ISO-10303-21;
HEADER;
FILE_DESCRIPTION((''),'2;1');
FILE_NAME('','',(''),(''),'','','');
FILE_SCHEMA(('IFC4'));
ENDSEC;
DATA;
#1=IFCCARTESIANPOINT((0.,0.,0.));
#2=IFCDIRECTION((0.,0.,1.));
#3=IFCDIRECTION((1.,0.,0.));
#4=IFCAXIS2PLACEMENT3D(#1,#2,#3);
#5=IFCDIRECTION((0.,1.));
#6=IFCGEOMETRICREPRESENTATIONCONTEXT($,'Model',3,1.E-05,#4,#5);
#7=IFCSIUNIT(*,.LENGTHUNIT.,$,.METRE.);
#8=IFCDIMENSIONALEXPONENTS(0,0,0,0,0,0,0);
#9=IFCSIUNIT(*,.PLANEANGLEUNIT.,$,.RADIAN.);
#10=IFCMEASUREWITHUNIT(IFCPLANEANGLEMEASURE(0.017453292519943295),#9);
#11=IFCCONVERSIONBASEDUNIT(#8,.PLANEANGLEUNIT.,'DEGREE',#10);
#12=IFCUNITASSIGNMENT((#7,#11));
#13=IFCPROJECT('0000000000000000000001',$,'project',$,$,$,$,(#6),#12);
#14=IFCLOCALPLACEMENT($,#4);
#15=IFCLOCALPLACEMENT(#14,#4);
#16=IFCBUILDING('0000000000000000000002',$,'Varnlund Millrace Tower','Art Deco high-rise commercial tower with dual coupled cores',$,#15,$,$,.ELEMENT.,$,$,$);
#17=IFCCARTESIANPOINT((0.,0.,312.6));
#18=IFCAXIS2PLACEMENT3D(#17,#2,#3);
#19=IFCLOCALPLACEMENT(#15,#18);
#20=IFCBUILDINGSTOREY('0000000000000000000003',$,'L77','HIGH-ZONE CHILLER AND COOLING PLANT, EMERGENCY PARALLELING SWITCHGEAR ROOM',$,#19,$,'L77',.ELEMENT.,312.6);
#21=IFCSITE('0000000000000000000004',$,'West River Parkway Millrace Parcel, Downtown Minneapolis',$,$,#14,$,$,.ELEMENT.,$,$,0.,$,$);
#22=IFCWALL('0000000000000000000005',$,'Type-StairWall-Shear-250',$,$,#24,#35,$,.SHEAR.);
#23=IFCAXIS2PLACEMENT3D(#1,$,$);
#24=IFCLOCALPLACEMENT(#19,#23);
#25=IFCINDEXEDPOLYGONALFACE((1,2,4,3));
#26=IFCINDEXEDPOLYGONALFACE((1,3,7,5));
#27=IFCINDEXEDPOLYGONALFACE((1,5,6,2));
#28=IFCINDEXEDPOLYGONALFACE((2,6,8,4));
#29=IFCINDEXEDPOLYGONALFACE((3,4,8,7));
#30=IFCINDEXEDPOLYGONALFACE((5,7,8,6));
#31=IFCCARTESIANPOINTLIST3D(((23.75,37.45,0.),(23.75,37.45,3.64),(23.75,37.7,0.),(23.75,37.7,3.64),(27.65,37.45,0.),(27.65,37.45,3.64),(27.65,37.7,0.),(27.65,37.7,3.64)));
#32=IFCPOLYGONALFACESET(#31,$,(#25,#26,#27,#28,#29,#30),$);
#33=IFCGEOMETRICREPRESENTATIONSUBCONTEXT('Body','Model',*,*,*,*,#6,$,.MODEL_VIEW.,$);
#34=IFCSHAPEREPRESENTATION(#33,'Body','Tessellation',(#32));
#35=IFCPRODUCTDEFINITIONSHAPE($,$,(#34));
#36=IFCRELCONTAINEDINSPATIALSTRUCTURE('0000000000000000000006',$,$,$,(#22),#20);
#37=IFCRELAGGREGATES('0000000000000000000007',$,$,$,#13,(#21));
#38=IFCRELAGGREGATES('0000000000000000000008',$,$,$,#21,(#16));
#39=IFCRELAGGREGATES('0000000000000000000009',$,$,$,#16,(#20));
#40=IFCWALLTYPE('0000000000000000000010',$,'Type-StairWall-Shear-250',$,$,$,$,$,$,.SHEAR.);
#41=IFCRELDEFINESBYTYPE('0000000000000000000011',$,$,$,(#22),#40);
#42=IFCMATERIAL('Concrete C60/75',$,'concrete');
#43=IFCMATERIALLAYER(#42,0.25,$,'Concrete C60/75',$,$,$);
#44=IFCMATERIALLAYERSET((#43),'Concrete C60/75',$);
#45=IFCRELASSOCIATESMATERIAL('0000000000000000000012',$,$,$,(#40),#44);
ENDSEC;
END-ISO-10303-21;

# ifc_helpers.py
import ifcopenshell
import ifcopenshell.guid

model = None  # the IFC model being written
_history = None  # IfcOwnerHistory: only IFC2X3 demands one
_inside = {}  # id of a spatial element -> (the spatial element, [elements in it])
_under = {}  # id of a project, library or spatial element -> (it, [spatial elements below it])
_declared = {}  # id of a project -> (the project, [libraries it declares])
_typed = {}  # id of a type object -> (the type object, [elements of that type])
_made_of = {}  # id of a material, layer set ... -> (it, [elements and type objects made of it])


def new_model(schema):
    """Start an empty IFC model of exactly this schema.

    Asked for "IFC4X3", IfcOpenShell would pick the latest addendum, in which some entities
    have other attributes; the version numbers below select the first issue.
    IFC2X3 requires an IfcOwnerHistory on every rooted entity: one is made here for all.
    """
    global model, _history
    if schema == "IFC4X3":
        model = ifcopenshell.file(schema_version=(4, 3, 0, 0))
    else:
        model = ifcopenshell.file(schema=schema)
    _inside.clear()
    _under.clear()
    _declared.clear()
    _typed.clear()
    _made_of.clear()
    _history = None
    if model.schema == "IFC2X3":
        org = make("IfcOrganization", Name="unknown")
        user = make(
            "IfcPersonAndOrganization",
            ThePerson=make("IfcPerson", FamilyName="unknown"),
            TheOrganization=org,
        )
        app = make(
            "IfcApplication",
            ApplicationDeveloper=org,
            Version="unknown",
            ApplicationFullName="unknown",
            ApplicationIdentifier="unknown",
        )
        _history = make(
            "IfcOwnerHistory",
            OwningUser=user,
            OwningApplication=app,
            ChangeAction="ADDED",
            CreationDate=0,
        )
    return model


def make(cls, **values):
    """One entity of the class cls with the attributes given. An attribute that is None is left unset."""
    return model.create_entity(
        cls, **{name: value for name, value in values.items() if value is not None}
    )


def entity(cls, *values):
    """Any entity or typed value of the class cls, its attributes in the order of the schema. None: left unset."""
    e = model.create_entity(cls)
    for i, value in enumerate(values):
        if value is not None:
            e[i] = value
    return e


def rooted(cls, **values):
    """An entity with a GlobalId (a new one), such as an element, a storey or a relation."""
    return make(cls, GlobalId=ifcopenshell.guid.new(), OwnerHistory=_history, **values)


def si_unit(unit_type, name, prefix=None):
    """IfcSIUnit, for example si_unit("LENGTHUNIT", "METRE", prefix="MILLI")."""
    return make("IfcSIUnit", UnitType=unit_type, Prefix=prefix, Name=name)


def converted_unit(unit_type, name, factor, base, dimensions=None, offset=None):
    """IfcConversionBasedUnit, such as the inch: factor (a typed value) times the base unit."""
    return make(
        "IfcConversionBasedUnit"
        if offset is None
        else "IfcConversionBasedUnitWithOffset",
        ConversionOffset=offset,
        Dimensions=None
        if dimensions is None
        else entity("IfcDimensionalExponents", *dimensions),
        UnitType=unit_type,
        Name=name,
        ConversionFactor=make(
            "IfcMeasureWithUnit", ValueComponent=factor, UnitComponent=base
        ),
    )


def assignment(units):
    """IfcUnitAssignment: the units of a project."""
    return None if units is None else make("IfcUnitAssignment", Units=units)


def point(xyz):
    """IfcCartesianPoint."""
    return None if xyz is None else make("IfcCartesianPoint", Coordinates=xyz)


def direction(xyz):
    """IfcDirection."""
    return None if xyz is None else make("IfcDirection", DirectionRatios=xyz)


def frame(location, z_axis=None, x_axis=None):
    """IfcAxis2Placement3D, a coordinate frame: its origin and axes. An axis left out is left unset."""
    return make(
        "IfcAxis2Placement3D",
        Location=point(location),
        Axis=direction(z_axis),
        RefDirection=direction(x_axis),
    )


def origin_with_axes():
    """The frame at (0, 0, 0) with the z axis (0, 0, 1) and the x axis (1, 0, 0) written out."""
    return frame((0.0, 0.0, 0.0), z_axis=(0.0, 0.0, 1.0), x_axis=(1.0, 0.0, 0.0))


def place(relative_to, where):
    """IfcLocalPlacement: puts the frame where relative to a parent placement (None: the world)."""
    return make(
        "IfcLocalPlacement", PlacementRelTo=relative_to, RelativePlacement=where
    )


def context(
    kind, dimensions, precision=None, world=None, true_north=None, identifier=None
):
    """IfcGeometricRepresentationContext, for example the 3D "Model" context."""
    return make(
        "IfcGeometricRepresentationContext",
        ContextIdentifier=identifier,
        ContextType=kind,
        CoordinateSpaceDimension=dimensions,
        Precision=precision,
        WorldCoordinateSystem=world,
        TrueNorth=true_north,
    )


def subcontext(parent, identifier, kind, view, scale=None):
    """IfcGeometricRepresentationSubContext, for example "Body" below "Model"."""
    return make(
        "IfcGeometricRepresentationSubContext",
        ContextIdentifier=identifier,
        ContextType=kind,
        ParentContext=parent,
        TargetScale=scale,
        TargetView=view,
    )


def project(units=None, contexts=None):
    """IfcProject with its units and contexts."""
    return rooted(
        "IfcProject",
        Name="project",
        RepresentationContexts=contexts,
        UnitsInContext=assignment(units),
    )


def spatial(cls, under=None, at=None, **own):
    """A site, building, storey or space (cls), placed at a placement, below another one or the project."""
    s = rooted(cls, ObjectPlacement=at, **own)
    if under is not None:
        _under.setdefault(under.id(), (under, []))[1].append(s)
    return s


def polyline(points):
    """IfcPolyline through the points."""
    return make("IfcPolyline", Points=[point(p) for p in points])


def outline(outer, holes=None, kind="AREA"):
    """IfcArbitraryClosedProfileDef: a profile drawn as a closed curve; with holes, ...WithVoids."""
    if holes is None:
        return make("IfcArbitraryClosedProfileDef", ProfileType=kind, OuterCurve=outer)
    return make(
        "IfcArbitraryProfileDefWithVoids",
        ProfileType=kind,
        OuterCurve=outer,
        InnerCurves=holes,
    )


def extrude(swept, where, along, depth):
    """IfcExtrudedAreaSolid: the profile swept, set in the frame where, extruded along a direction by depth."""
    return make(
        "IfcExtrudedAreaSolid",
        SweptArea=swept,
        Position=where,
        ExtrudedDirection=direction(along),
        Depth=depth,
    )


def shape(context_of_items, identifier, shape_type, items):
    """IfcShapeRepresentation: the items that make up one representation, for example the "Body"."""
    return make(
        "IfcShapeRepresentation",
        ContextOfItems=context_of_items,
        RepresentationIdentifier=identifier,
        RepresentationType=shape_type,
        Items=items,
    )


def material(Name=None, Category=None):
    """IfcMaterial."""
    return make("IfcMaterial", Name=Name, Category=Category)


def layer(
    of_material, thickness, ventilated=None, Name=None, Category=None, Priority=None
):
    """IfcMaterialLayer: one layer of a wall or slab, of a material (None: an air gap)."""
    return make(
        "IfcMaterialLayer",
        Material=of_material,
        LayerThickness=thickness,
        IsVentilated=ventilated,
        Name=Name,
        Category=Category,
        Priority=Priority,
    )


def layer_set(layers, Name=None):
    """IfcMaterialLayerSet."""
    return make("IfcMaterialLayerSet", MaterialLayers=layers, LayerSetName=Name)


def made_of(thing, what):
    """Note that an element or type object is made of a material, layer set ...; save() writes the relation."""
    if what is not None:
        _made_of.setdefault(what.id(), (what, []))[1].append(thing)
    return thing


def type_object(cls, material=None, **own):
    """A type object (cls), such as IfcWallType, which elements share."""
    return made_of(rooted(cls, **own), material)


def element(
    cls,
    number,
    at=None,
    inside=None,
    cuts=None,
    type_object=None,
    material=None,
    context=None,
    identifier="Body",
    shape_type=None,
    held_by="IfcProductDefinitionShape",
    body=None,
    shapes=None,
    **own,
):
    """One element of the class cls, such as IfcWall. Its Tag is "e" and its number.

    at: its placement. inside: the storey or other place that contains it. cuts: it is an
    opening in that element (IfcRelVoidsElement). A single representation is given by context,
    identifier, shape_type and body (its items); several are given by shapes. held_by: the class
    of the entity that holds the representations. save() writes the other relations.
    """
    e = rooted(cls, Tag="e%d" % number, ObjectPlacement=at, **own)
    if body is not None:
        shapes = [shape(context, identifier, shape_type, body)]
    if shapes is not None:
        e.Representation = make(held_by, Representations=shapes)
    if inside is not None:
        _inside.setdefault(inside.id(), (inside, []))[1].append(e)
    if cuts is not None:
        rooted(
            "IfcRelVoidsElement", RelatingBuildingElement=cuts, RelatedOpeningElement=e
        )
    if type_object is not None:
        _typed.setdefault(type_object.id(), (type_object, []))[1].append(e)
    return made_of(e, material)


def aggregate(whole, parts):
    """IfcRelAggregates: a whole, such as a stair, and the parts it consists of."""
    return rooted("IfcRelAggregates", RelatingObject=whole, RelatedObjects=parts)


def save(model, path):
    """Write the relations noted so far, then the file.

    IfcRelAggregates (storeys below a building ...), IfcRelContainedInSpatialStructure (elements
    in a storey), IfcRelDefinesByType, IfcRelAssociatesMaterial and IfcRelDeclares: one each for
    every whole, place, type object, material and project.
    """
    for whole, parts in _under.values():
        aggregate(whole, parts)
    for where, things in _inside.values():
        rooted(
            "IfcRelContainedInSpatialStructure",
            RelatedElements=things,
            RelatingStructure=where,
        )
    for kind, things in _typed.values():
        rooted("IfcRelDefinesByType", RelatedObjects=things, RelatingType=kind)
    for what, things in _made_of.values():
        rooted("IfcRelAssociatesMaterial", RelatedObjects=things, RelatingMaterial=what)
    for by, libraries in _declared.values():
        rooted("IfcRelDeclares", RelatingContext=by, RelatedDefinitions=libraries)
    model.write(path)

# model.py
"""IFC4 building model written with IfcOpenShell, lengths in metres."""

from ifc_helpers import new_model, entity, si_unit, converted_unit, direction, frame, origin_with_axes, place, context, subcontext, project, spatial, polyline, outline, extrude, material, layer, layer_set, type_object, element, save


model = new_model("IFC4")

# Units and contexts
model_context = context("Model", 3, precision=1e-05, world=origin_with_axes(), true_north=direction((0.0, 1.0)))
body_context = subcontext(model_context, "Body", "Model", "MODEL_VIEW")
ifc_project = project(units=[si_unit("LENGTHUNIT", "METRE"), converted_unit("PLANEANGLEUNIT", "DEGREE", entity("IfcPlaneAngleMeasure", 0.017453292519943295), si_unit("PLANEANGLEUNIT", "RADIAN"), dimensions=[0, 0, 0, 0, 0, 0, 0])], contexts=[model_context])

# Site, building, storey
site_placement = place(None, origin_with_axes())
site = spatial("IfcSite", under=ifc_project, at=site_placement, Name="West River Parkway Millrace Parcel, Downtown Minneapolis", CompositionType="ELEMENT", RefElevation=0.0)
building_placement = place(site_placement, origin_with_axes())
building = spatial("IfcBuilding", under=site, at=building_placement, Name="Varnlund Millrace Tower", Description="Art Deco high-rise commercial tower with dual coupled cores", CompositionType="ELEMENT")
storey_placement = place(building_placement, frame((0.0, 0.0, 312.6), z_axis=(0.0, 0.0, 1.0), x_axis=(1.0, 0.0, 0.0)))
storey = spatial("IfcBuildingStorey", under=building, at=storey_placement, Name="L77", Description="HIGH-ZONE CHILLER AND COOLING PLANT, EMERGENCY PARALLELING SWITCHGEAR ROOM", LongName="L77", CompositionType="ELEMENT", Elevation=312.6)

# Shared definitions
ifc_material_1 = material(Name="Concrete C60/75", Category="concrete")
ifc_layer_1 = layer(ifc_material_1, 0.25, Name="Concrete C60/75")
ifc_layer_set_1 = layer_set([ifc_layer_1], Name="Concrete C60/75")

# Shared definitions
wall_type_1 = type_object("IfcWallType", Name="Type-StairWall-Shear-250", PredefinedType="SHEAR", material=ifc_layer_set_1)

# Wall
for number, where, z_axis, x_axis, name in (
    (1, (23.75, 37.575, 0.0), (0.0, 0.0, 1.0), (1.0, 0.0, 0.0), "Type-StairWall-Shear-250"),
):
    element("IfcWall", number, at=place(storey_placement, frame(where, z_axis=z_axis, x_axis=x_axis)), inside=storey, type_object=wall_type_1, Name=name, PredefinedType="SHEAR", context=body_context, shape_type="SweptSolid", body=[
        extrude(outline(polyline([(0.0, -0.125), (3.9, -0.125), (3.9, 0.125), (0.0, 0.125), (0.0, -0.125)])), origin_with_axes(), (0.0, 0.0, 1.0), 3.64),
    ])

save(model, "model.ifc")
